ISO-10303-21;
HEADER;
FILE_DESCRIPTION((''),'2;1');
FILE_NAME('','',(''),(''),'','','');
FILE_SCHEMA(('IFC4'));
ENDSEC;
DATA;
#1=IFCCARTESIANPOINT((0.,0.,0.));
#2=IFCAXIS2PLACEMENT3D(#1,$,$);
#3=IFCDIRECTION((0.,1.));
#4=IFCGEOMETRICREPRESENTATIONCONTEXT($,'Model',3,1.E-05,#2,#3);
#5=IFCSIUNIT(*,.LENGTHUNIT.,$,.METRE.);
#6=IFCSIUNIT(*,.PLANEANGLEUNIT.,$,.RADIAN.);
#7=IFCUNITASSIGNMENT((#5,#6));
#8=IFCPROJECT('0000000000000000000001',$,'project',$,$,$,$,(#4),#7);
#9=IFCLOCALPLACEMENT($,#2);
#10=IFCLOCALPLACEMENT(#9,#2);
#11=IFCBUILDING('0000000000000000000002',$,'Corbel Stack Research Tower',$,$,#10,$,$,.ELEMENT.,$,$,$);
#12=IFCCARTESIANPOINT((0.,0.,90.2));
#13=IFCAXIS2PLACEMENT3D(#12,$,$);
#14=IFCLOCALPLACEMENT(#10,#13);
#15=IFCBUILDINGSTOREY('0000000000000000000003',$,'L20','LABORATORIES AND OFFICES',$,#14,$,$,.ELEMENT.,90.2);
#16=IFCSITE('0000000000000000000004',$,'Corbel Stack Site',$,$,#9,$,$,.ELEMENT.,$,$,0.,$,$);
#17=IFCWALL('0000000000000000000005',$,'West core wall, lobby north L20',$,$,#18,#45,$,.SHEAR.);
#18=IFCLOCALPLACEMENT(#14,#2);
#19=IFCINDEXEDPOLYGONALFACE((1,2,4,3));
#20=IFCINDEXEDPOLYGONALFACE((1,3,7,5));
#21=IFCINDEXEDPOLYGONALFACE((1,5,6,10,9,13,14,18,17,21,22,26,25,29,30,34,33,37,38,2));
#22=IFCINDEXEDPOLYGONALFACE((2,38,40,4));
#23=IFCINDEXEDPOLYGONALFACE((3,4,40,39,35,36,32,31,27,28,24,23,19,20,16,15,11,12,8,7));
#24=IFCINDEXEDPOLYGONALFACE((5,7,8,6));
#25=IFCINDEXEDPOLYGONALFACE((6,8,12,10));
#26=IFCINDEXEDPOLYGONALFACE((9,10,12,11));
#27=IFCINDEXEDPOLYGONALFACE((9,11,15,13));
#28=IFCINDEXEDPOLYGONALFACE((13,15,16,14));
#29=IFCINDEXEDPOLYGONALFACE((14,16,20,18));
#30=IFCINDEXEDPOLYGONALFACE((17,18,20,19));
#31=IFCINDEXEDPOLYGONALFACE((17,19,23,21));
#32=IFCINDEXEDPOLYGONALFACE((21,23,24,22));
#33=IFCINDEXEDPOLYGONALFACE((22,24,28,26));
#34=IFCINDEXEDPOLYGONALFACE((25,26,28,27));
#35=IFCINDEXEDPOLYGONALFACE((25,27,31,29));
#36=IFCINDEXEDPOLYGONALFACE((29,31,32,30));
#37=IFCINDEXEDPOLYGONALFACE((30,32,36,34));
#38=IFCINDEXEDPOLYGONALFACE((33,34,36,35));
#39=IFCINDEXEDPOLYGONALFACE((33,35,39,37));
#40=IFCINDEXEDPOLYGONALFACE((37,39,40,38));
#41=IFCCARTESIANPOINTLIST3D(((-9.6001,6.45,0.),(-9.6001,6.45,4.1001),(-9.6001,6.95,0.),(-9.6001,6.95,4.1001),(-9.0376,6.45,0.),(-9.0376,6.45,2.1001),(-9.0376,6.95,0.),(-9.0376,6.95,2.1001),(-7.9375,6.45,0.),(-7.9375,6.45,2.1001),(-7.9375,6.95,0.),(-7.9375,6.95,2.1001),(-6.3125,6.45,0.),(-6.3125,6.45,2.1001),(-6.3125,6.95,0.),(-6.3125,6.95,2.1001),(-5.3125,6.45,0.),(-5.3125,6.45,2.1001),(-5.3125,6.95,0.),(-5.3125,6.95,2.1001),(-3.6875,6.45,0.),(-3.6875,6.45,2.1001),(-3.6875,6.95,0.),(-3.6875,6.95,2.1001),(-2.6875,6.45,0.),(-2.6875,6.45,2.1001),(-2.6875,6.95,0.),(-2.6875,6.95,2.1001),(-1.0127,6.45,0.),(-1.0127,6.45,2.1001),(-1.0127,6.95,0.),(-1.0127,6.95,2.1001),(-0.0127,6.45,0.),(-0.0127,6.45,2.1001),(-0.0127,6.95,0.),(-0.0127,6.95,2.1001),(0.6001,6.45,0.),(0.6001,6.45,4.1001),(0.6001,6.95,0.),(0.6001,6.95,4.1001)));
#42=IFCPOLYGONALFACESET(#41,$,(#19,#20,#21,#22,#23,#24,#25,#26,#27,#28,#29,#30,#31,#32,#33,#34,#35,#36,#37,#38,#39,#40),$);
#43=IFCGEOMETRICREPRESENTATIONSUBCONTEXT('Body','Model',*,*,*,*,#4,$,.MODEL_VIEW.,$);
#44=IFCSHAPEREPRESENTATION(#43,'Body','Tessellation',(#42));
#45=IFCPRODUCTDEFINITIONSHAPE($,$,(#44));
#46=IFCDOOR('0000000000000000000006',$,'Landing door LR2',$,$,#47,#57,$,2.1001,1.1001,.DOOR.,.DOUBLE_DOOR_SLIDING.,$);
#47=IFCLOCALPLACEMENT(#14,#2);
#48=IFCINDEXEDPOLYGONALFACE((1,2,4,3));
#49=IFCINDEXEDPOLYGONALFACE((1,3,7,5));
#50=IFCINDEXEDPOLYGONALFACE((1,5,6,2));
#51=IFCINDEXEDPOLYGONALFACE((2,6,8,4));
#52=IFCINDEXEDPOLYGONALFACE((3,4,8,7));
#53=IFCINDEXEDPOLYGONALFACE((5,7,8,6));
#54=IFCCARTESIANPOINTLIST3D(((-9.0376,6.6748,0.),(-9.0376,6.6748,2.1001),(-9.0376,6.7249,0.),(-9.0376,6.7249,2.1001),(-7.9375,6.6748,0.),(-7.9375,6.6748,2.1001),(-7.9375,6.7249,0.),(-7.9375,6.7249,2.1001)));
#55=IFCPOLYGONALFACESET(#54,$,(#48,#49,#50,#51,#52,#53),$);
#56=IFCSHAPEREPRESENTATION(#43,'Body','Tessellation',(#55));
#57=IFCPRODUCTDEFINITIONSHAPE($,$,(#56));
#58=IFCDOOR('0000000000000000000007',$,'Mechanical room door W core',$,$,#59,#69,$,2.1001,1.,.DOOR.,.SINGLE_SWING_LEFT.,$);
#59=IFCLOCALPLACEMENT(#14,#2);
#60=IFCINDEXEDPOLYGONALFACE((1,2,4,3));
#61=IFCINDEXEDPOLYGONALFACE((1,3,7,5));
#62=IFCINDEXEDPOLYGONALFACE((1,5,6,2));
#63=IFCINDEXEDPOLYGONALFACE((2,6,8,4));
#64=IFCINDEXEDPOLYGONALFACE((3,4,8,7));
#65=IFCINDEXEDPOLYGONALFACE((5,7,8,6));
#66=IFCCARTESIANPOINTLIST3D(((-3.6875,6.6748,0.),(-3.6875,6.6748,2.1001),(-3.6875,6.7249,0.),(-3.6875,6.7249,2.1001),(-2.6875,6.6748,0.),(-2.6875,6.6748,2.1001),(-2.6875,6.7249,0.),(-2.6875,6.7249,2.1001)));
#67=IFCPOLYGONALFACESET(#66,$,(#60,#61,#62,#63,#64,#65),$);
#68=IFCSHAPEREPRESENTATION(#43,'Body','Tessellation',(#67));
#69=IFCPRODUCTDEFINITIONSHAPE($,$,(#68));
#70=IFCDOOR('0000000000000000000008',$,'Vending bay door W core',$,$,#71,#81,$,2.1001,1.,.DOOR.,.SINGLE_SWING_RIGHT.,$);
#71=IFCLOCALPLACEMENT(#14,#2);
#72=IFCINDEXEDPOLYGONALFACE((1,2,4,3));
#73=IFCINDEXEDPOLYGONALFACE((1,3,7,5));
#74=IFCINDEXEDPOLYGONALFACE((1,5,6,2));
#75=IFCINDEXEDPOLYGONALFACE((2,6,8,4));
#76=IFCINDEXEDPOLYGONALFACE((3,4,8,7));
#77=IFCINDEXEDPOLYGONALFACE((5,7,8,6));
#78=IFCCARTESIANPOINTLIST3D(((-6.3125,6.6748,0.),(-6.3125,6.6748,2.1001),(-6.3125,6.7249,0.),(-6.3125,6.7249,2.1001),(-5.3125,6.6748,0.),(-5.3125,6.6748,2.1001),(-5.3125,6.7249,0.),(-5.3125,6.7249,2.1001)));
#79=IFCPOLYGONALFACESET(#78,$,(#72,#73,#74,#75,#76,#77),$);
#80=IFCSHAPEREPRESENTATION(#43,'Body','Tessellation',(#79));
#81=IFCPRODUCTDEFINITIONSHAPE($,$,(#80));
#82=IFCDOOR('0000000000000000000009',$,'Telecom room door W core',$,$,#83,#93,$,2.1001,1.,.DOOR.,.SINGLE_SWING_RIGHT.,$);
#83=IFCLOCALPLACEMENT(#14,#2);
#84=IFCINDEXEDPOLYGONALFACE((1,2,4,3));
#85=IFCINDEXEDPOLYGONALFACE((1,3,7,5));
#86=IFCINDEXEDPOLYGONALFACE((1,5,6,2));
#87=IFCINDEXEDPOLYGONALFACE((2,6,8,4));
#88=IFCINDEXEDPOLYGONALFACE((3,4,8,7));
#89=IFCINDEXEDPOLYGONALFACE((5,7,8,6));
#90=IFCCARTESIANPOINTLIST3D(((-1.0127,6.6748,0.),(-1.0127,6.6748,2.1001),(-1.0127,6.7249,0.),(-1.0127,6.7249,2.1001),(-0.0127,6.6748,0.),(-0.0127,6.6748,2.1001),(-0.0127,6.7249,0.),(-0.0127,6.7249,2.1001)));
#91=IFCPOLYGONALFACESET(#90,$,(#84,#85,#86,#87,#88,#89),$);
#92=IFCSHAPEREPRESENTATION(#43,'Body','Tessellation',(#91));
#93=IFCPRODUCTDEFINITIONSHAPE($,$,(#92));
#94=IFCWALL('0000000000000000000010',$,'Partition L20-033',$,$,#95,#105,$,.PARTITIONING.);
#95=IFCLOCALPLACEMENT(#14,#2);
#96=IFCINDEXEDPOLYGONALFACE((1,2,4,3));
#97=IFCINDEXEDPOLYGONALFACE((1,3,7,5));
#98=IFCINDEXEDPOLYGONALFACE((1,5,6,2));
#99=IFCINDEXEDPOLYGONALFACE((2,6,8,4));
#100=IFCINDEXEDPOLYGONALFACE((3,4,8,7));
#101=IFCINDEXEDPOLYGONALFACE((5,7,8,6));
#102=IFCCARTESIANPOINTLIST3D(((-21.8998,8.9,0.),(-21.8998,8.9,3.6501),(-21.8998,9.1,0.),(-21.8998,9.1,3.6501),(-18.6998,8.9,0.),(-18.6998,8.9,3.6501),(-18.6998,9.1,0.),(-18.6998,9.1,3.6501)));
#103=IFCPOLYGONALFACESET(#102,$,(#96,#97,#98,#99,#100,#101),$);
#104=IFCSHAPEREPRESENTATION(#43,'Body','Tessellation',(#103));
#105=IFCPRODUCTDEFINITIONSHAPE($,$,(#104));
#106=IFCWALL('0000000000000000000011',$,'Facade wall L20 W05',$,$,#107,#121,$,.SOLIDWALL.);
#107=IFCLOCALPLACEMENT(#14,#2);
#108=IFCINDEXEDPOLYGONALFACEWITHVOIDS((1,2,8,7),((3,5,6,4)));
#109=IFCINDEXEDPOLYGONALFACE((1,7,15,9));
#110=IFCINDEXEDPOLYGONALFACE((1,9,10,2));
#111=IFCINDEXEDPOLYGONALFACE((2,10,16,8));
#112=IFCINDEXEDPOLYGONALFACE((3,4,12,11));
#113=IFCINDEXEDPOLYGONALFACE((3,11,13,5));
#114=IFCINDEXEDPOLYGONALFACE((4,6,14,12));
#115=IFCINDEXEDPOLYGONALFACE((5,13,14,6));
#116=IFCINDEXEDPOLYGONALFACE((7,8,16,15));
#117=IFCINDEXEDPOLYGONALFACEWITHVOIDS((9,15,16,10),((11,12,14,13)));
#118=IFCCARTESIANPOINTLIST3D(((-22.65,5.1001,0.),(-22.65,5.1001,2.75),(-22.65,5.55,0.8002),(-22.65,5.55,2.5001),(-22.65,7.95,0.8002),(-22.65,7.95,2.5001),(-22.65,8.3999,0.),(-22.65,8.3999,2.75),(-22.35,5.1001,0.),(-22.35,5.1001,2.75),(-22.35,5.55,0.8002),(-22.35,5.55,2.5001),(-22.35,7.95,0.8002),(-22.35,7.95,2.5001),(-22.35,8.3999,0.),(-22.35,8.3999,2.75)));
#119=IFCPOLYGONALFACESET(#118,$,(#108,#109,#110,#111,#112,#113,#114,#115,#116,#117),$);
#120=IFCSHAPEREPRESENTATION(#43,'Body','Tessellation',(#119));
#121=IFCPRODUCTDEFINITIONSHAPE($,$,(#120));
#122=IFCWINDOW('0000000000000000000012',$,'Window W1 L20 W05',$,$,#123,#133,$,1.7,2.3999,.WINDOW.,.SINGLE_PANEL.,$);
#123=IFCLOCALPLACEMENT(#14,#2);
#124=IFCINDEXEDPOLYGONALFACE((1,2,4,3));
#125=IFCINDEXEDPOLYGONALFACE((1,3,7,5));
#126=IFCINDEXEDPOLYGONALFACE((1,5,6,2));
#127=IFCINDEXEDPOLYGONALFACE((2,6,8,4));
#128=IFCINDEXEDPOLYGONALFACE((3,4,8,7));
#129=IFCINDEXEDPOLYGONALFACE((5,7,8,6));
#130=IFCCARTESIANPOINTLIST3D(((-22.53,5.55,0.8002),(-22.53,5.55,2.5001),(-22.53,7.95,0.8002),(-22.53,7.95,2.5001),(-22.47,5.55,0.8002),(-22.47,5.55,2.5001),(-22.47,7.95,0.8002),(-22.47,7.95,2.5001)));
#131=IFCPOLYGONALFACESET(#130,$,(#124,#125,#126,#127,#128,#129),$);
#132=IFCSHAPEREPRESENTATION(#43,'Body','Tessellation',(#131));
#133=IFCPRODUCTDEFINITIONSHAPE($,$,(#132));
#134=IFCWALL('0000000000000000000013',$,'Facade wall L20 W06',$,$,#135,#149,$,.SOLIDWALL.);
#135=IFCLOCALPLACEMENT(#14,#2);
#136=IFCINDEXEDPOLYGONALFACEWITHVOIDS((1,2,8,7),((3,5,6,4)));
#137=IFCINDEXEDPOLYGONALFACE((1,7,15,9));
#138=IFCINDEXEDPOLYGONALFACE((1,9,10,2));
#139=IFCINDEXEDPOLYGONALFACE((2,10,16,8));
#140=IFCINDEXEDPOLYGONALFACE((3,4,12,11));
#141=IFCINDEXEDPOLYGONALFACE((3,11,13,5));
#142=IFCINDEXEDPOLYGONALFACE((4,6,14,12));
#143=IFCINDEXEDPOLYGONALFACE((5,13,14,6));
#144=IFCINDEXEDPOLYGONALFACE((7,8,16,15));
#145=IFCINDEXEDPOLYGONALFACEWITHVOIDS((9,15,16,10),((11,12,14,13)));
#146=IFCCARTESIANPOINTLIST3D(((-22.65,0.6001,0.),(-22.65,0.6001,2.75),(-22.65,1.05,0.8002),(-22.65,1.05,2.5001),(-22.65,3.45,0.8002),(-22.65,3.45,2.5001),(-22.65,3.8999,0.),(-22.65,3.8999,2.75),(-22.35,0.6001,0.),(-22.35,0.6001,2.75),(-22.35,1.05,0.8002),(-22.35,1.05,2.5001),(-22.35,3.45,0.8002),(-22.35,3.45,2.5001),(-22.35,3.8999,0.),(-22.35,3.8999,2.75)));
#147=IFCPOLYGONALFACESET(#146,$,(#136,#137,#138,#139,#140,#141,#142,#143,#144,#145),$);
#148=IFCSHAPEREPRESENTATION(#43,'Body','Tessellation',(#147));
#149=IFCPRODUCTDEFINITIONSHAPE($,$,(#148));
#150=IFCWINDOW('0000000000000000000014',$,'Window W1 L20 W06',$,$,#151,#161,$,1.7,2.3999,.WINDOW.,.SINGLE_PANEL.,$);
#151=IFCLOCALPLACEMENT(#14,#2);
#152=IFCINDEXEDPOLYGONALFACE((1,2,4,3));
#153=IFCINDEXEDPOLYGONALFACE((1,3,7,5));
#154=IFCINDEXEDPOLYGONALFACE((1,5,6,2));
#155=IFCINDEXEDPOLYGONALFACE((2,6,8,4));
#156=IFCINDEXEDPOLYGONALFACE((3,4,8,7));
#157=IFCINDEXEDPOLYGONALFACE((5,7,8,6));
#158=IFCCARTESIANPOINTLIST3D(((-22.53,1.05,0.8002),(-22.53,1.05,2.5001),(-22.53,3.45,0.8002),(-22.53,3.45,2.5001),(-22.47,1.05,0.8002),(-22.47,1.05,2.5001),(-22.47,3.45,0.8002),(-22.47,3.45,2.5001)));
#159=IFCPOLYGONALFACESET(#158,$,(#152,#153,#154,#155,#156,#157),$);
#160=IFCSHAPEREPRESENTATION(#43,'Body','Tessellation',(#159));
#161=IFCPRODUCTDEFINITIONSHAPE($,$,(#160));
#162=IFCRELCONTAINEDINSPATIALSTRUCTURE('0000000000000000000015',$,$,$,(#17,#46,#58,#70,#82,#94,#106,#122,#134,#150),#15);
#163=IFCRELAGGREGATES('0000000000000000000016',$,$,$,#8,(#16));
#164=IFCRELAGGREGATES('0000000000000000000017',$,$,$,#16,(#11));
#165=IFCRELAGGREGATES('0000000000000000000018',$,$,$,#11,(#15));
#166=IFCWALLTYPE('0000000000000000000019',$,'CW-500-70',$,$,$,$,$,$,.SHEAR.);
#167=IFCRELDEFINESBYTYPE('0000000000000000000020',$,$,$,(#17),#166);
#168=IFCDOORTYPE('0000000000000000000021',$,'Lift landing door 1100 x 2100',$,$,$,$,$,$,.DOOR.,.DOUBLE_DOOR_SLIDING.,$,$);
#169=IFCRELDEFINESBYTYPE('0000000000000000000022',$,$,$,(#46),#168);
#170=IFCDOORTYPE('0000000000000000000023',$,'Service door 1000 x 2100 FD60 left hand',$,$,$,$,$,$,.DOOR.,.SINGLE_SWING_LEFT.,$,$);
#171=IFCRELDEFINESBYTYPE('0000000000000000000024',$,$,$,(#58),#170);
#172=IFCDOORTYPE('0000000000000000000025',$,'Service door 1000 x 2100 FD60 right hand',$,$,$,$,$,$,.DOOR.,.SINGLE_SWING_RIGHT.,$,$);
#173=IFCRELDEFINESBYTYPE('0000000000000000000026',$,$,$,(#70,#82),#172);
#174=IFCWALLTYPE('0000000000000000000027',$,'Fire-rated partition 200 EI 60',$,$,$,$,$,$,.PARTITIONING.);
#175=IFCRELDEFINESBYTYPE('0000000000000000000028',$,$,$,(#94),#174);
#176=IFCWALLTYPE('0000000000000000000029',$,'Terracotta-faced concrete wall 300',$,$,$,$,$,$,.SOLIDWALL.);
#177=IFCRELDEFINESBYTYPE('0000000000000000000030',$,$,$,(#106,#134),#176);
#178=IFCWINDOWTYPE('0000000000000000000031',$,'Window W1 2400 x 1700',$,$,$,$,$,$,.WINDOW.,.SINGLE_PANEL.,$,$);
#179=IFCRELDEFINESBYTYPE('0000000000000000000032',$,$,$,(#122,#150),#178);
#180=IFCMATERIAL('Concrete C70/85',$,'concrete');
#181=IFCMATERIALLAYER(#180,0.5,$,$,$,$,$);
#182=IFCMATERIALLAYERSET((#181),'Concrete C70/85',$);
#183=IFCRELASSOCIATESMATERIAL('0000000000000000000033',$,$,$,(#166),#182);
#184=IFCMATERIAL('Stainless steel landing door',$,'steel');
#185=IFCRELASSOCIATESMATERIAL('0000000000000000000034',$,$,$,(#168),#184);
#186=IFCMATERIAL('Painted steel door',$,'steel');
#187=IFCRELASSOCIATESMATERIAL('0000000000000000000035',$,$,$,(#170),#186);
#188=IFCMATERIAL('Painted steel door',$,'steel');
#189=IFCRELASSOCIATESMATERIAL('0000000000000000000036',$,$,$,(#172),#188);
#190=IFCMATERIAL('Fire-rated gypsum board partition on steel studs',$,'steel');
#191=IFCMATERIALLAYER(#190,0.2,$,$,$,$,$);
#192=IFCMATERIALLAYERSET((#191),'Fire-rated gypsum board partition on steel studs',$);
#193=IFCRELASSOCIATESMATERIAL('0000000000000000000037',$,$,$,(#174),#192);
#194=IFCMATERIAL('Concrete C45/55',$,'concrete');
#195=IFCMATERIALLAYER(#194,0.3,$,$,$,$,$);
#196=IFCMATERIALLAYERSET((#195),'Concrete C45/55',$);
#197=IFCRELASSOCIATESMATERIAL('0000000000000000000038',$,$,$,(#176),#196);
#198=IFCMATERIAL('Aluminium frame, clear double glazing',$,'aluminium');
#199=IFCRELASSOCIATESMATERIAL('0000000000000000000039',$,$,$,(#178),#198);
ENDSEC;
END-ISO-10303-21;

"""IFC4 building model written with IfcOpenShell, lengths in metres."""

from ifc_helpers import new_model, si_unit, direction, frame, frame_2d, origin, place, context, subcontext, project, spatial, rectangle, extrude, material, layer, layer_set, type_object, element, fill, save


model = new_model("IFC4")

# Units and contexts
model_context = context("Model", 3, precision=1e-05, world=origin(), true_north=direction((0.0, 1.0)))
body_context = subcontext(model_context, "Body", "Model", "MODEL_VIEW")
ifc_project = project(units=[si_unit("LENGTHUNIT", "METRE"), si_unit("PLANEANGLEUNIT", "RADIAN")], contexts=[model_context])

# Site, building, storey
site_placement = place(None, origin())
site = spatial("IfcSite", under=ifc_project, at=site_placement, Name="Corbel Stack Site", CompositionType="ELEMENT", RefElevation=0.0)
building_placement = place(site_placement, origin())
building = spatial("IfcBuilding", under=site, at=building_placement, Name="Corbel Stack Research Tower", CompositionType="ELEMENT")
storey_placement = place(building_placement, frame((0.0, 0.0, 90.2)))
storey = spatial("IfcBuildingStorey", under=building, at=storey_placement, Name="L20", Description="LABORATORIES AND OFFICES", CompositionType="ELEMENT", Elevation=90.2)

# Wall, openings, doors
ifc_material_1 = material(Name="Concrete C70/85", Category="concrete")
ifc_layer_1 = layer(ifc_material_1, 0.5)
ifc_layer_set_1 = layer_set([ifc_layer_1], Name="Concrete C70/85")
wall_type_1 = type_object("IfcWallType", Name="CW-500-70", PredefinedType="SHEAR", material=ifc_layer_set_1)
ifc_material_2 = material(Name="Stainless steel landing door", Category="steel")
door_type_1 = type_object("IfcDoorType", Name="Lift landing door 1100 x 2100", OperationType="DOUBLE_DOOR_SLIDING", PredefinedType="DOOR", material=ifc_material_2)
wall_1_placement = place(storey_placement, frame((-9.6001, 6.7, 0.0), z_axis=(0.0, 0.0, 1.0), x_axis=(1.0, 0.0, 0.0)))
wall_1 = element("IfcWall", 1, at=wall_1_placement, inside=storey, type_object=wall_type_1, Name="West core wall, lobby north L20", PredefinedType="SHEAR", context=body_context, shape_type="SweptSolid", body=[
    extrude(rectangle(XDim=10.2002, YDim=0.5, at=frame_2d((5.1001, 0.0))), origin(), (0.0, 0.0, 1.0), 4.1001),
])
opening_1_placement = place(wall_1_placement, frame((0.5625, 0.0, 0.0)))
opening_1 = element("IfcOpeningElement", 2, at=opening_1_placement, cuts=wall_1, PredefinedType="OPENING", context=body_context, shape_type="SweptSolid", body=[
    extrude(rectangle(XDim=1.1001, YDim=2.1001, at=frame_2d((0.55, 1.05))), frame((0.0, 0.26, 0.0), z_axis=(0.0, -1.0, 0.0), x_axis=(1.0, 0.0, 0.0)), (0.0, 0.0, 1.0), 0.52),
])
opening_2_placement = place(wall_1_placement, frame((3.2876, 0.0, 0.0)))
opening_2 = element("IfcOpeningElement", 3, at=opening_2_placement, cuts=wall_1, PredefinedType="OPENING", context=body_context, shape_type="SweptSolid", body=[
    extrude(rectangle(XDim=1.0, YDim=2.1001, at=frame_2d((0.5, 1.05))), frame((0.0, 0.26, 0.0), z_axis=(0.0, -1.0, 0.0), x_axis=(1.0, 0.0, 0.0)), (0.0, 0.0, 1.0), 0.52),
])
opening_3_placement = place(wall_1_placement, frame((5.9126, 0.0, 0.0)))
opening_3 = element("IfcOpeningElement", 4, at=opening_3_placement, cuts=wall_1, PredefinedType="OPENING", context=body_context, shape_type="SweptSolid", body=[
    extrude(rectangle(XDim=1.0, YDim=2.1001, at=frame_2d((0.5, 1.05))), frame((0.0, 0.26, 0.0), z_axis=(0.0, -1.0, 0.0), x_axis=(1.0, 0.0, 0.0)), (0.0, 0.0, 1.0), 0.52),
])
opening_4_placement = place(wall_1_placement, frame((8.5874, 0.0, 0.0)))
opening_4 = element("IfcOpeningElement", 5, at=opening_4_placement, cuts=wall_1, PredefinedType="OPENING", context=body_context, shape_type="SweptSolid", body=[
    extrude(rectangle(XDim=1.0, YDim=2.1001, at=frame_2d((0.5, 1.05))), frame((0.0, 0.26, 0.0), z_axis=(0.0, -1.0, 0.0), x_axis=(1.0, 0.0, 0.0)), (0.0, 0.0, 1.0), 0.52),
])
door_1_placement = place(opening_1_placement, origin())
door_1 = element("IfcDoor", 6, at=door_1_placement, inside=storey, type_object=door_type_1, Name="Landing door LR2", OperationType="DOUBLE_DOOR_SLIDING", OverallHeight=2.1001, OverallWidth=1.1001, PredefinedType="DOOR", context=body_context, shape_type="SweptSolid", body=[
    extrude(rectangle(XDim=1.1001, YDim=2.1001, at=frame_2d((0.55, 1.05))), frame((0.0, 0.0249, 0.0), z_axis=(0.0, -1.0, 0.0), x_axis=(1.0, 0.0, 0.0)), (0.0, 0.0, 1.0), 0.05),
])
fill(opening_1, door_1)
ifc_material_3 = material(Name="Painted steel door", Category="steel")
door_type_2 = type_object("IfcDoorType", Name="Service door 1000 x 2100 FD60 left hand", OperationType="SINGLE_SWING_LEFT", PredefinedType="DOOR", material=ifc_material_3)
door_2_placement = place(opening_3_placement, origin())
door_2 = element("IfcDoor", 7, at=door_2_placement, inside=storey, type_object=door_type_2, Name="Mechanical room door W core", OperationType="SINGLE_SWING_LEFT", OverallHeight=2.1001, OverallWidth=1.0, PredefinedType="DOOR", context=body_context, shape_type="SweptSolid", body=[
    extrude(rectangle(XDim=1.0, YDim=2.1001, at=frame_2d((0.5, 1.05))), frame((0.0, 0.0249, 0.0), z_axis=(0.0, -1.0, 0.0), x_axis=(1.0, 0.0, 0.0)), (0.0, 0.0, 1.0), 0.05),
])
fill(opening_3, door_2)
ifc_material_4 = material(Name="Painted steel door", Category="steel")
door_type_3 = type_object("IfcDoorType", Name="Service door 1000 x 2100 FD60 right hand", OperationType="SINGLE_SWING_RIGHT", PredefinedType="DOOR", material=ifc_material_4)
door_3_placement = place(opening_2_placement, origin())
door_3 = element("IfcDoor", 8, at=door_3_placement, inside=storey, type_object=door_type_3, Name="Vending bay door W core", OperationType="SINGLE_SWING_RIGHT", OverallHeight=2.1001, OverallWidth=1.0, PredefinedType="DOOR", context=body_context, shape_type="SweptSolid", body=[
    extrude(rectangle(XDim=1.0, YDim=2.1001, at=frame_2d((0.5, 1.05))), frame((0.0, 0.0249, 0.0), z_axis=(0.0, -1.0, 0.0), x_axis=(1.0, 0.0, 0.0)), (0.0, 0.0, 1.0), 0.05),
])
fill(opening_2, door_3)
door_4_placement = place(opening_4_placement, origin())
door_4 = element("IfcDoor", 9, at=door_4_placement, inside=storey, type_object=door_type_3, Name="Telecom room door W core", OperationType="SINGLE_SWING_RIGHT", OverallHeight=2.1001, OverallWidth=1.0, PredefinedType="DOOR", context=body_context, shape_type="SweptSolid", body=[
    extrude(rectangle(XDim=1.0, YDim=2.1001, at=frame_2d((0.5, 1.05))), frame((0.0, 0.0249, 0.0), z_axis=(0.0, -1.0, 0.0), x_axis=(1.0, 0.0, 0.0)), (0.0, 0.0, 1.0), 0.05),
])
fill(opening_4, door_4)

# Wall
ifc_material_5 = material(Name="Fire-rated gypsum board partition on steel studs", Category="steel")
ifc_layer_2 = layer(ifc_material_5, 0.2)
ifc_layer_set_2 = layer_set([ifc_layer_2], Name="Fire-rated gypsum board partition on steel studs")
wall_type_2 = type_object("IfcWallType", Name="Fire-rated partition 200 EI 60", PredefinedType="PARTITIONING", material=ifc_layer_set_2)
wall_2_placement = place(storey_placement, frame((-21.8999, 9.0, 0.0), z_axis=(0.0, 0.0, 1.0), x_axis=(1.0, 0.0, 0.0)))
element("IfcWall", 10, at=wall_2_placement, inside=storey, type_object=wall_type_2, Name="Partition L20-033", PredefinedType="PARTITIONING", context=body_context, shape_type="SweptSolid", body=[
    extrude(rectangle(XDim=3.2, YDim=0.2, at=frame_2d((1.6001, 0.0))), origin(), (0.0, 0.0, 1.0), 3.6501),
])

# Walls, openings, windows
ifc_material_6 = material(Name="Concrete C45/55", Category="concrete")
ifc_layer_3 = layer(ifc_material_6, 0.3)
ifc_layer_set_3 = layer_set([ifc_layer_3], Name="Concrete C45/55")
wall_type_3 = type_object("IfcWallType", Name="Terracotta-faced concrete wall 300", PredefinedType="SOLIDWALL", material=ifc_layer_set_3)
wall_3_placement = place(storey_placement, frame((-22.5, 5.1001, 0.0), z_axis=(0.0, 0.0, 1.0), x_axis=(0.0, 1.0, 0.0)))
wall_3 = element("IfcWall", 11, at=wall_3_placement, inside=storey, type_object=wall_type_3, Name="Facade wall L20 W05", PredefinedType="SOLIDWALL", context=body_context, shape_type="SweptSolid", body=[
    extrude(rectangle(XDim=3.2998, YDim=0.3, at=frame_2d((1.6499, 0.0))), origin(), (0.0, 0.0, 1.0), 2.75),
])
opening_5_placement = place(wall_3_placement, frame((0.45, 0.0, 0.8)))
opening_5 = element("IfcOpeningElement", 12, at=opening_5_placement, cuts=wall_3, PredefinedType="OPENING", context=body_context, shape_type="SweptSolid", body=[
    extrude(rectangle(XDim=2.3999, YDim=1.7, at=frame_2d((1.2, 0.8501))), frame((0.0, 0.1599, 0.0), z_axis=(0.0, -1.0, 0.0), x_axis=(1.0, 0.0, 0.0)), (0.0, 0.0, 1.0), 0.3201),
])
ifc_material_7 = material(Name="Aluminium frame, clear double glazing", Category="aluminium")
window_type = type_object("IfcWindowType", Name="Window W1 2400 x 1700", PartitioningType="SINGLE_PANEL", PredefinedType="WINDOW", material=ifc_material_7)
window_1_placement = place(opening_5_placement, origin())
window_1 = element("IfcWindow", 13, at=window_1_placement, inside=storey, type_object=window_type, Name="Window W1 L20 W05", OverallHeight=1.7, OverallWidth=2.3999, PartitioningType="SINGLE_PANEL", PredefinedType="WINDOW", context=body_context, shape_type="SweptSolid", body=[
    extrude(rectangle(XDim=2.3999, YDim=1.7, at=frame_2d((1.2, 0.8501))), frame((0.0, 0.03, 0.0), z_axis=(0.0, -1.0, 0.0), x_axis=(1.0, 0.0, 0.0)), (0.0, 0.0, 1.0), 0.0601),
])
fill(opening_5, window_1)
wall_4_placement = place(storey_placement, frame((-22.5, 0.6001, 0.0), z_axis=(0.0, 0.0, 1.0), x_axis=(0.0, 1.0, 0.0)))
wall_4 = element("IfcWall", 14, at=wall_4_placement, inside=storey, type_object=wall_type_3, Name="Facade wall L20 W06", PredefinedType="SOLIDWALL", context=body_context, shape_type="SweptSolid", body=[
    extrude(rectangle(XDim=3.2998, YDim=0.3, at=frame_2d((1.6499, 0.0))), origin(), (0.0, 0.0, 1.0), 2.75),
])
opening_6_placement = place(wall_4_placement, frame((0.45, 0.0, 0.8)))
opening_6 = element("IfcOpeningElement", 15, at=opening_6_placement, cuts=wall_4, PredefinedType="OPENING", context=body_context, shape_type="SweptSolid", body=[
    extrude(rectangle(XDim=2.3999, YDim=1.7, at=frame_2d((1.2, 0.8501))), frame((0.0, 0.1599, 0.0), z_axis=(0.0, -1.0, 0.0), x_axis=(1.0, 0.0, 0.0)), (0.0, 0.0, 1.0), 0.3201),
])
window_2_placement = place(opening_6_placement, origin())
window_2 = element("IfcWindow", 16, at=window_2_placement, inside=storey, type_object=window_type, Name="Window W1 L20 W06", OverallHeight=1.7, OverallWidth=2.3999, PartitioningType="SINGLE_PANEL", PredefinedType="WINDOW", context=body_context, shape_type="SweptSolid", body=[
    extrude(rectangle(XDim=2.3999, YDim=1.7, at=frame_2d((1.2, 0.8501))), frame((0.0, 0.03, 0.0), z_axis=(0.0, -1.0, 0.0), x_axis=(1.0, 0.0, 0.0)), (0.0, 0.0, 1.0), 0.0601),
])
fill(opening_6, window_2)

save(model, "model.ifc")
